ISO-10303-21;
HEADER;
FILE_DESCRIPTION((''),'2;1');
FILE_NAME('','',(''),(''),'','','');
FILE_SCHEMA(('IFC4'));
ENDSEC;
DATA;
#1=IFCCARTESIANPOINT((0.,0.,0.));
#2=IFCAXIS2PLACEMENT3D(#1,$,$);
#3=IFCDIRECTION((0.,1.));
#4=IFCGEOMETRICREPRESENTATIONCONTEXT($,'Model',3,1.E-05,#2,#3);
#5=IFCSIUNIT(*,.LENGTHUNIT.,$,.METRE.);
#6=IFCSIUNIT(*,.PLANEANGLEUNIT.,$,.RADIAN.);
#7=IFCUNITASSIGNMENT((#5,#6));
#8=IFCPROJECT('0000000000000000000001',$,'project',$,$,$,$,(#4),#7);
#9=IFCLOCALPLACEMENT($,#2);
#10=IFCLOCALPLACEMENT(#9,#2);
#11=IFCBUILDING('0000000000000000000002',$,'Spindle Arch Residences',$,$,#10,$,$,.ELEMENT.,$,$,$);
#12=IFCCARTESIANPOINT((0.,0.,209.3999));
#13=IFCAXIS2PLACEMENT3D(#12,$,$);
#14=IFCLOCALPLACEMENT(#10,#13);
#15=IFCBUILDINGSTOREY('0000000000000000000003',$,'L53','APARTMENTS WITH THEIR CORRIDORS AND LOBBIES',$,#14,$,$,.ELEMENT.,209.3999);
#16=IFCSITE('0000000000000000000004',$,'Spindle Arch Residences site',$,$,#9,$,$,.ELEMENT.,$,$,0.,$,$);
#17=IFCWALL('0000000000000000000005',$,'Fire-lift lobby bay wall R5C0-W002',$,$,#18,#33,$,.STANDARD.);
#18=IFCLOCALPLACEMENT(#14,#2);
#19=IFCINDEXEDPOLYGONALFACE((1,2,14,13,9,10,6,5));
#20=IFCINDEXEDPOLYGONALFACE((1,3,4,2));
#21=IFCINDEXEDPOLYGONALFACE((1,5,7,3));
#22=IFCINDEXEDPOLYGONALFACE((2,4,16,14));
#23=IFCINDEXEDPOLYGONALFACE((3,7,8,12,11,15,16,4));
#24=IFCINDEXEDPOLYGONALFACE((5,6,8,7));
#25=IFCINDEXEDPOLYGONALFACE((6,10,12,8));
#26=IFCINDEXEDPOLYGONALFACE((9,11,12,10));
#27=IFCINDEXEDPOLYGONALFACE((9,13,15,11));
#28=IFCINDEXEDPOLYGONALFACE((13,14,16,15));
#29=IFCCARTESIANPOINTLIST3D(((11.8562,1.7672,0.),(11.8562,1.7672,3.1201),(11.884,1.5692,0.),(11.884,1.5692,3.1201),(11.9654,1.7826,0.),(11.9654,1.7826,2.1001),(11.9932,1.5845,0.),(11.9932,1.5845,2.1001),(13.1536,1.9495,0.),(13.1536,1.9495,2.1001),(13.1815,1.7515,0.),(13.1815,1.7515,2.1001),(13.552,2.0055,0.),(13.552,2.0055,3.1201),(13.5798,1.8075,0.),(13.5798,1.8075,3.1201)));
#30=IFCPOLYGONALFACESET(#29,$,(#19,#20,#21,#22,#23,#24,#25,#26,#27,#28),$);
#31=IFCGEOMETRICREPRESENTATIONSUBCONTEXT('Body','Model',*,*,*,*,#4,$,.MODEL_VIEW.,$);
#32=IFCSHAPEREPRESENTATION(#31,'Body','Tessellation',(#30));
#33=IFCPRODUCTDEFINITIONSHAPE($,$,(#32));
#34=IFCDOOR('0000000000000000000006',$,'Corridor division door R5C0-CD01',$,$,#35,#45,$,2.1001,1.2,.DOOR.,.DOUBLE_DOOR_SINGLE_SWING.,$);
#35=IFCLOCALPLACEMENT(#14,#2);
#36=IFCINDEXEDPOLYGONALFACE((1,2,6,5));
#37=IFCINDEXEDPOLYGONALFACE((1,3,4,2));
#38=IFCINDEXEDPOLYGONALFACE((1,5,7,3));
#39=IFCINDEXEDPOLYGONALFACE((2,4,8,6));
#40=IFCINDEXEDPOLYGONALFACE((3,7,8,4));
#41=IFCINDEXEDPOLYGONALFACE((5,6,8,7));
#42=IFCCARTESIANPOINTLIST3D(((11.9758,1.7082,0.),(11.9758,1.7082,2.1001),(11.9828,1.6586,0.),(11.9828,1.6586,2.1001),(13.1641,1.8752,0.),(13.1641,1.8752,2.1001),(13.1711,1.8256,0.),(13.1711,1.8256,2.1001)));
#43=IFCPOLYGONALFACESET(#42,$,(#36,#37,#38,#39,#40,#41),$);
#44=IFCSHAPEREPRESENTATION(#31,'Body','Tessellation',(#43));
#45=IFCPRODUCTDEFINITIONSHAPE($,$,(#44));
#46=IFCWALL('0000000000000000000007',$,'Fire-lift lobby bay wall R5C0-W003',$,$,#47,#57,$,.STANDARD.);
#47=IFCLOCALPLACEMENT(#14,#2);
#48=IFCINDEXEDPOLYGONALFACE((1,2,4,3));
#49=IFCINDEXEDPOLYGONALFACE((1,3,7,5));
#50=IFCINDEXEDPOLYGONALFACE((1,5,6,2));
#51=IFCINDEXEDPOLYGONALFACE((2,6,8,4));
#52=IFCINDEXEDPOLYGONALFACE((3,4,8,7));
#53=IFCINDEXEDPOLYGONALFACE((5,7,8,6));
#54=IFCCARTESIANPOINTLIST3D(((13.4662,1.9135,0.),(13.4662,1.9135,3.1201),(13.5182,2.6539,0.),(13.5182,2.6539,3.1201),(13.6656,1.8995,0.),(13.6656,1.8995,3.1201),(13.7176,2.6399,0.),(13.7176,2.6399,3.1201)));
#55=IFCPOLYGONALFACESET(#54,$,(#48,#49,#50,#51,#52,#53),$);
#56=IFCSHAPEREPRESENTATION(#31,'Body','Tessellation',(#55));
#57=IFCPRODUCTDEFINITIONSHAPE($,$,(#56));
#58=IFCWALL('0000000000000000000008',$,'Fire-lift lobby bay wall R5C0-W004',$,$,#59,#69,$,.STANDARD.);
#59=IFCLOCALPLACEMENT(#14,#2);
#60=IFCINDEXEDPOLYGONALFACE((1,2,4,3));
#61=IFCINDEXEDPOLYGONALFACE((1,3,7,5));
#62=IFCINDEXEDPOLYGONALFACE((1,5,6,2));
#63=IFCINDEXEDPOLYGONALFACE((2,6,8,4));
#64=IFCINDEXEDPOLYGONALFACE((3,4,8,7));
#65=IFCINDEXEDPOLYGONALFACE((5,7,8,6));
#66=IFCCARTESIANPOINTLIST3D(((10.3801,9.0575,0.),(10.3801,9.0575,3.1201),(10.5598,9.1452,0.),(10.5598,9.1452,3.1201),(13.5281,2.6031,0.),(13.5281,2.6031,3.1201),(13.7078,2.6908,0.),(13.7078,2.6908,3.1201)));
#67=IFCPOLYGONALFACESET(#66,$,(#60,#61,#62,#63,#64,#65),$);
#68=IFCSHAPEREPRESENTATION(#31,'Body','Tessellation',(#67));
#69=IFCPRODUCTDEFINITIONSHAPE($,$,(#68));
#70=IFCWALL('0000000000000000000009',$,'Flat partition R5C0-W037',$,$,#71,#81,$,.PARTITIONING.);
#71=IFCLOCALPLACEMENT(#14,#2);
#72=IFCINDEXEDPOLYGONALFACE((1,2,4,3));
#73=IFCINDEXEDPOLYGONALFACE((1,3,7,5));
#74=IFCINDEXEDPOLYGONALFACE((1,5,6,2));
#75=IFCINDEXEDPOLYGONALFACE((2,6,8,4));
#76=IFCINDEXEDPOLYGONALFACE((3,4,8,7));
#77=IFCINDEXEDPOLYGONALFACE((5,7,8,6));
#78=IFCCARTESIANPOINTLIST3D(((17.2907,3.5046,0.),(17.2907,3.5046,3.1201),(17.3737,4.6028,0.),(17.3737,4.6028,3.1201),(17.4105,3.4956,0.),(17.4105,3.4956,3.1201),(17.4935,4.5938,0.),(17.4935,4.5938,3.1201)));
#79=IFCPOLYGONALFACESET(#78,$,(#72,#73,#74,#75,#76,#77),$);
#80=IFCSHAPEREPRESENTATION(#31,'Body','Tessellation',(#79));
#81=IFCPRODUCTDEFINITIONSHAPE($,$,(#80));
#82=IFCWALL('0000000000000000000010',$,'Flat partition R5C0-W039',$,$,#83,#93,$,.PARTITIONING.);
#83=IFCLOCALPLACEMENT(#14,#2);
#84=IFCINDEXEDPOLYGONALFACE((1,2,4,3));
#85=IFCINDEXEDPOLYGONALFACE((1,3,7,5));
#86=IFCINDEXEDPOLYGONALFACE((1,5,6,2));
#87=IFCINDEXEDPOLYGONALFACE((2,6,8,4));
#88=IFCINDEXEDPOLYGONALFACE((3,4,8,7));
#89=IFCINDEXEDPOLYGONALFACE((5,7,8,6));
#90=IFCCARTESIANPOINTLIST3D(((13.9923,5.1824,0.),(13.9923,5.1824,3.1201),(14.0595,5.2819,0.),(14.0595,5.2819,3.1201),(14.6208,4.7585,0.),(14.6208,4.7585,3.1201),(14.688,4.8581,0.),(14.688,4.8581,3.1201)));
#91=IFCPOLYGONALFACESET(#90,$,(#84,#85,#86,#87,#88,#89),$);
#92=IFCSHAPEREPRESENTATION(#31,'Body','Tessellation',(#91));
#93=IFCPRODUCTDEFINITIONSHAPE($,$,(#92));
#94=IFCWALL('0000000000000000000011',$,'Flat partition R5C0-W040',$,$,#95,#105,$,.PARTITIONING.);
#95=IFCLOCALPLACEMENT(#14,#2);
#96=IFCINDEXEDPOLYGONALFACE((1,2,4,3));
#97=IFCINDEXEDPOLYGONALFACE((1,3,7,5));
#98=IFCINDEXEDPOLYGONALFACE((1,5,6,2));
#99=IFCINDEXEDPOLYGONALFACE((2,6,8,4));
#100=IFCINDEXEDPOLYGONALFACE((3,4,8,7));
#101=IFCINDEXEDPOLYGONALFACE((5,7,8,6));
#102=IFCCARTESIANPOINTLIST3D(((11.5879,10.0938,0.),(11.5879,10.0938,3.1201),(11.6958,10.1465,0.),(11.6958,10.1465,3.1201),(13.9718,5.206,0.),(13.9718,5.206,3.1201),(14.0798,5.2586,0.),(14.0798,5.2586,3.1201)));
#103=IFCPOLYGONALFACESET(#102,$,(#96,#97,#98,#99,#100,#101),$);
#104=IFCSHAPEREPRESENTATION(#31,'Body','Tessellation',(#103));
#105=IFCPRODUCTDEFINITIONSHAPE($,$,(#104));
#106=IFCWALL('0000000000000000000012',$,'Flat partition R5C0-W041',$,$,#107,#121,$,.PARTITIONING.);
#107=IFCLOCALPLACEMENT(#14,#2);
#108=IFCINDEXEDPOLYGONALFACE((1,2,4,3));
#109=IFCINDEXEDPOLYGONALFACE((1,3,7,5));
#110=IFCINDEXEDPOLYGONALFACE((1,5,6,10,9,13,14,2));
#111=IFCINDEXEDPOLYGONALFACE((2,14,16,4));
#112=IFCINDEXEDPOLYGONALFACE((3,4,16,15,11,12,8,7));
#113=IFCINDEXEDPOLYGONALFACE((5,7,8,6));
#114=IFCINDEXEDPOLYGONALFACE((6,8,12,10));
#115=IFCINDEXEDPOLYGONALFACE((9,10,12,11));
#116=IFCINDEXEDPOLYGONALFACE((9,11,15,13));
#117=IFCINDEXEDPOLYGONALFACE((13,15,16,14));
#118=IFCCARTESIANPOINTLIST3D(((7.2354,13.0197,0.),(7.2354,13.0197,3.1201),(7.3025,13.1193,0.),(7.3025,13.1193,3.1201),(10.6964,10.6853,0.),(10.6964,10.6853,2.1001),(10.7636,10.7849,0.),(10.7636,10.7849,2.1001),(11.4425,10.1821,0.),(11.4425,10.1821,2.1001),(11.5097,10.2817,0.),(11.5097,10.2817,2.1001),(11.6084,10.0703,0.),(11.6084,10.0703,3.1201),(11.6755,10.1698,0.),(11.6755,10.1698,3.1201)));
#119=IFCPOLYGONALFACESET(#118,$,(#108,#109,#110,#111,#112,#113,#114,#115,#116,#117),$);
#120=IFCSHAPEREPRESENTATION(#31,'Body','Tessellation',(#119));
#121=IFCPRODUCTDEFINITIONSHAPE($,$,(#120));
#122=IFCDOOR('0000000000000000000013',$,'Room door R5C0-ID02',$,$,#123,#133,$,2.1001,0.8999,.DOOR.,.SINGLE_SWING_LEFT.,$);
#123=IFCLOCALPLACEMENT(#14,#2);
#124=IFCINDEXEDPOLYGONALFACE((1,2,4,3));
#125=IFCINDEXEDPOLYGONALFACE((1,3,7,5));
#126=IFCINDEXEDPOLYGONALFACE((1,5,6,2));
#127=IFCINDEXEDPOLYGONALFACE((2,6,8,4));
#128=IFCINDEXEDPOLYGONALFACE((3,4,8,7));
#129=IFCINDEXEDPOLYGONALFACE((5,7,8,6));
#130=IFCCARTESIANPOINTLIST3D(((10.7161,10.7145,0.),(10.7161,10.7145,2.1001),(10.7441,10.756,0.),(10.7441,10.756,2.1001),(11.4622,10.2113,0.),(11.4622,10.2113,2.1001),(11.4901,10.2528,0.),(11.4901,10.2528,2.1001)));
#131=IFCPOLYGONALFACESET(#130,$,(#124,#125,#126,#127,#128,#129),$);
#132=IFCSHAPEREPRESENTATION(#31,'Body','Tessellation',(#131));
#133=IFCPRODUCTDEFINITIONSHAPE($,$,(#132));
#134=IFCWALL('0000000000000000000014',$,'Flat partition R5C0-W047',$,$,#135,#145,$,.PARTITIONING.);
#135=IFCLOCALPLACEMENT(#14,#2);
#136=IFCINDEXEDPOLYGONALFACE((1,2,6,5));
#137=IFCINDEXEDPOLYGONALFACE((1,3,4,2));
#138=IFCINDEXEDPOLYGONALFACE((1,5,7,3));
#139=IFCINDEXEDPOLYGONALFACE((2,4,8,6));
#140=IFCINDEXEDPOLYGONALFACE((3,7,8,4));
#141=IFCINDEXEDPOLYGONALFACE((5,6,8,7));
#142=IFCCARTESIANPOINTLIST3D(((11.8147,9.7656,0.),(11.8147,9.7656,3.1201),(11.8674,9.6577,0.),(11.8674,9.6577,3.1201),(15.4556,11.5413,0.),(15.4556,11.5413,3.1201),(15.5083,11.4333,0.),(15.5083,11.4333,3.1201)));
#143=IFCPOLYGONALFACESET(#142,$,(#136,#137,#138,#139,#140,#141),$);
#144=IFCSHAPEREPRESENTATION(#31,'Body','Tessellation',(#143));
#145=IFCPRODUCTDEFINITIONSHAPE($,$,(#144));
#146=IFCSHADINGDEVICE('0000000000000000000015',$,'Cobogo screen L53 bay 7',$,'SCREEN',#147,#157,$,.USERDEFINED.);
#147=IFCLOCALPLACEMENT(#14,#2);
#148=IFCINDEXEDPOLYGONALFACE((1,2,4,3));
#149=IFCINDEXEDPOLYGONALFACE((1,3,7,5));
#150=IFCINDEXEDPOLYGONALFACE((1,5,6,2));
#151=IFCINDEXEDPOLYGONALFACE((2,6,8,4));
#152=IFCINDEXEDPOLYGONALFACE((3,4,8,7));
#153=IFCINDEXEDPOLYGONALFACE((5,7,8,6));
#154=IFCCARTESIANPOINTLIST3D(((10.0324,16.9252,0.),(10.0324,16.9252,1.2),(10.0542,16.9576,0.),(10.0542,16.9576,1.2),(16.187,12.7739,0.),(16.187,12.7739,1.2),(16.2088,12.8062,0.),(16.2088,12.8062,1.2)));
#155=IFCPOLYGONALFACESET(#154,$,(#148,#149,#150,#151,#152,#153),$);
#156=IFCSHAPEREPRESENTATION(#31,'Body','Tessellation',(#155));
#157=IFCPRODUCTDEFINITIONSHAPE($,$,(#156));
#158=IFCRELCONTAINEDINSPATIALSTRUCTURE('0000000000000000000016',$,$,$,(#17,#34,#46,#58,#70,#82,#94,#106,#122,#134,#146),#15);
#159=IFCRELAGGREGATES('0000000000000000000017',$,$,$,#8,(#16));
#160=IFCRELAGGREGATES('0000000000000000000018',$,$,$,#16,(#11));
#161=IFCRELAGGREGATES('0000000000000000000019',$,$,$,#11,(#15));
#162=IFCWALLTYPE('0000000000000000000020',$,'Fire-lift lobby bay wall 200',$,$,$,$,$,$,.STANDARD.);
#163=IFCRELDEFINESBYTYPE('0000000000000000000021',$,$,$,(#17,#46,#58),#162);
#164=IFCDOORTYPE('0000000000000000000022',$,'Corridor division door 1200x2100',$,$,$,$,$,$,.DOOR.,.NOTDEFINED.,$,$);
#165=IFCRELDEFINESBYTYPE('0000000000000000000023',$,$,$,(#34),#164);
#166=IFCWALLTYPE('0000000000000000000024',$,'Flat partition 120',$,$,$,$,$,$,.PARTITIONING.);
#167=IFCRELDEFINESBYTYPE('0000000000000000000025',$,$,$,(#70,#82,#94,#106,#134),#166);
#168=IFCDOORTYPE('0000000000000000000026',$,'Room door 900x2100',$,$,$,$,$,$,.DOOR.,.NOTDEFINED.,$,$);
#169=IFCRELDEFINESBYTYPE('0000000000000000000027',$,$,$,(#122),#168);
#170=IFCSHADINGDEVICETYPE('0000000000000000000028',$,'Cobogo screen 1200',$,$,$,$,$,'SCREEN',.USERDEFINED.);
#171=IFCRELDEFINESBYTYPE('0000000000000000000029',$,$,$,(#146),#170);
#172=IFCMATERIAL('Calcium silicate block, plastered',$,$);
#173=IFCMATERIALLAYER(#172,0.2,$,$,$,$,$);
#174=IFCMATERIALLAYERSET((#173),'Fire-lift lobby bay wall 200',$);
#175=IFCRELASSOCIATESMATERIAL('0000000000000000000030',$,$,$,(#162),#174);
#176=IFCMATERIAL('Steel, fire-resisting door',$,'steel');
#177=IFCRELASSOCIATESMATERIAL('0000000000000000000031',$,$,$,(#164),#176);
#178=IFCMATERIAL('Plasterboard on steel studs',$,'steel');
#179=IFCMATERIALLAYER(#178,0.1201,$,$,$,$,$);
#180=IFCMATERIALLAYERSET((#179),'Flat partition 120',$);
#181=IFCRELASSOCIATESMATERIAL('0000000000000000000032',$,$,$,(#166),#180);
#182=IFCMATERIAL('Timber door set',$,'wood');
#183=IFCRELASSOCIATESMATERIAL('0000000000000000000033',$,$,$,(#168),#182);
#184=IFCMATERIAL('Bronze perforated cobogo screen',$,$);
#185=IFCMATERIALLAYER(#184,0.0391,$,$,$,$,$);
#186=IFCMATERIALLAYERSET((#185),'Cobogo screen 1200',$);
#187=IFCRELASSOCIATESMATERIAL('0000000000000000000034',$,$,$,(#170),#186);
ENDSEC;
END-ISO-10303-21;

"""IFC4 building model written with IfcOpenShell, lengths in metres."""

from ifc_helpers import new_model, si_unit, direction, frame, frame_2d, origin, origin_2d, place, context, subcontext, project, spatial, rectangle, extrude, material, layer, layer_set, type_object, element, fill, save


model = new_model("IFC4")

# Units and contexts
model_context = context("Model", 3, precision=1e-05, world=origin(), true_north=direction((0.0, 1.0)))
body_context = subcontext(model_context, "Body", "Model", "MODEL_VIEW")
ifc_project = project(units=[si_unit("LENGTHUNIT", "METRE"), si_unit("PLANEANGLEUNIT", "RADIAN")], contexts=[model_context])

# Site, building, storey
site_placement = place(None, origin())
site = spatial("IfcSite", under=ifc_project, at=site_placement, Name="Spindle Arch Residences site", CompositionType="ELEMENT", RefElevation=0.0)
building_placement = place(site_placement, origin())
building = spatial("IfcBuilding", under=site, at=building_placement, Name="Spindle Arch Residences", CompositionType="ELEMENT")
storey_placement = place(building_placement, frame((0.0, 0.0, 209.3999)))
storey = spatial("IfcBuildingStorey", under=building, at=storey_placement, Name="L53", Description="APARTMENTS WITH THEIR CORRIDORS AND LOBBIES", CompositionType="ELEMENT", Elevation=209.3999)

# Shared definitions
ifc_material_1 = material(Name="Calcium silicate block, plastered")
ifc_layer_1 = layer(ifc_material_1, 0.2)
ifc_layer_set_1 = layer_set([ifc_layer_1], Name="Fire-lift lobby bay wall 200")
wall_type_1 = type_object("IfcWallType", Name="Fire-lift lobby bay wall 200", PredefinedType="STANDARD", material=ifc_layer_set_1)

# Wall, opening, door
wall_1_placement = place(storey_placement, frame((11.8701, 1.6682, 0.0), z_axis=(0.0, 0.0, 1.0), x_axis=(0.990272, 0.139146, 0.0)))
wall_1 = element("IfcWall", 1, at=wall_1_placement, inside=storey, type_object=wall_type_1, Name="Fire-lift lobby bay wall R5C0-W002", PredefinedType="STANDARD", context=body_context, shape_type="SweptSolid", body=[
    extrude(rectangle(XDim=1.7124, YDim=0.2, at=frame_2d((0.8562, 0.0))), origin(), (0.0, 0.0, 1.0), 3.1201),
])
opening_1_placement = place(wall_1_placement, frame((0.1101, 0.0, 0.0)))
opening_1 = element("IfcOpeningElement", 2, at=opening_1_placement, cuts=wall_1, PredefinedType="OPENING", context=body_context, shape_type="SweptSolid", body=[
    extrude(rectangle(XDim=1.2, YDim=2.1001, at=frame_2d((0.6001, 1.05))), frame((0.0, 0.1099, 0.0), z_axis=(0.0, -1.0, 0.0), x_axis=(1.0, 0.0, 0.0)), (0.0, 0.0, 1.0), 0.22),
])
ifc_material_2 = material(Name="Steel, fire-resisting door", Category="steel")
door_type_1 = type_object("IfcDoorType", Name="Corridor division door 1200x2100", OperationType="NOTDEFINED", PredefinedType="DOOR", material=ifc_material_2)
door_1_placement = place(opening_1_placement, origin())
door_1 = element("IfcDoor", 3, at=door_1_placement, inside=storey, type_object=door_type_1, Name="Corridor division door R5C0-CD01", OperationType="DOUBLE_DOOR_SINGLE_SWING", OverallHeight=2.1001, OverallWidth=1.2, PredefinedType="DOOR", context=body_context, shape_type="SweptSolid", body=[
    extrude(rectangle(XDim=1.2, YDim=2.1001, at=frame_2d((0.6001, 1.05))), frame((0.0, 0.0249, 0.0), z_axis=(0.0, -1.0, 0.0), x_axis=(1.0, 0.0, 0.0)), (0.0, 0.0, 1.0), 0.05),
])
fill(opening_1, door_1)

# Walls
wall_2_placement = place(storey_placement, frame((13.5659, 1.9065, 0.0), z_axis=(0.0, 0.0, 1.0), x_axis=(0.070055, 0.997543, 0.0)))
element("IfcWall", 4, at=wall_2_placement, inside=storey, type_object=wall_type_1, Name="Fire-lift lobby bay wall R5C0-W003", PredefinedType="STANDARD", context=body_context, shape_type="SweptSolid", body=[
    extrude(rectangle(XDim=0.7422, YDim=0.2, at=frame_2d((0.3711, 0.0))), origin(), (0.0, 0.0, 1.0), 3.1201),
])
wall_3_placement = place(storey_placement, frame((13.6179, 2.647, 0.0), z_axis=(0.0, 0.0, 1.0), x_axis=(-0.438366, 0.898797, 0.0)))
element("IfcWall", 5, at=wall_3_placement, inside=storey, type_object=wall_type_1, Name="Fire-lift lobby bay wall R5C0-W004", PredefinedType="STANDARD", context=body_context, shape_type="SweptSolid", body=[
    extrude(rectangle(XDim=7.1812, YDim=0.2, at=frame_2d((3.5906, 0.0))), origin(), (0.0, 0.0, 1.0), 3.1201),
])
ifc_material_3 = material(Name="Plasterboard on steel studs", Category="steel")
ifc_layer_2 = layer(ifc_material_3, 0.1201)
ifc_layer_set_2 = layer_set([ifc_layer_2], Name="Flat partition 120")
wall_type_2 = type_object("IfcWallType", Name="Flat partition 120", PredefinedType="PARTITIONING", material=ifc_layer_set_2)
wall_4_placement = place(storey_placement, frame((17.3506, 3.5, 0.0), z_axis=(0.0, 0.0, 1.0), x_axis=(0.075374, 0.997155, 0.0)))
element("IfcWall", 6, at=wall_4_placement, inside=storey, type_object=wall_type_2, Name="Flat partition R5C0-W037", PredefinedType="PARTITIONING", context=body_context, shape_type="SweptSolid", body=[
    extrude(rectangle(XDim=1.1013, YDim=0.1201, at=frame_2d((0.5508, 0.0))), origin(), (0.0, 0.0, 1.0), 3.1201),
])
wall_5_placement = place(storey_placement, frame((14.6543, 4.8083, 0.0), z_axis=(0.0, 0.0, 1.0), x_axis=(-0.829065, 0.559152, 0.0)))
element("IfcWall", 7, at=wall_5_placement, inside=storey, type_object=wall_type_2, Name="Flat partition R5C0-W039", PredefinedType="PARTITIONING", context=body_context, shape_type="SweptSolid", body=[
    extrude(rectangle(XDim=0.7581, YDim=0.1201, at=frame_2d((0.3789, 0.0))), origin(), (0.0, 0.0, 1.0), 3.1201),
])
wall_6_placement = place(storey_placement, frame((14.0259, 5.2322, 0.0), z_axis=(0.0, 0.0, 1.0), x_axis=(-0.438375, 0.898792, 0.0)))
element("IfcWall", 8, at=wall_6_placement, inside=storey, type_object=wall_type_2, Name="Flat partition R5C0-W040", PredefinedType="PARTITIONING", context=body_context, shape_type="SweptSolid", body=[
    extrude(rectangle(XDim=5.4382, YDim=0.1201, at=frame_2d((2.7192, 0.0))), origin(), (0.0, 0.0, 1.0), 3.1201),
])

# Wall, opening, door
wall_7_placement = place(storey_placement, frame((11.6418, 10.1201, 0.0), z_axis=(0.0, 0.0, 1.0), x_axis=(-0.829055, 0.559168, 0.0)))
wall_7 = element("IfcWall", 9, at=wall_7_placement, inside=storey, type_object=wall_type_2, Name="Flat partition R5C0-W041", PredefinedType="PARTITIONING", context=body_context, shape_type="SweptSolid", body=[
    extrude(rectangle(XDim=5.2747, YDim=0.1201, at=frame_2d((2.6372, 0.0))), origin(), (0.0, 0.0, 1.0), 3.1201),
])
opening_2_placement = place(wall_7_placement, frame((0.2, 0.0, 0.0)))
opening_2 = element("IfcOpeningElement", 10, at=opening_2_placement, cuts=wall_7, PredefinedType="OPENING", context=body_context, shape_type="SweptSolid", body=[
    extrude(rectangle(XDim=0.8999, YDim=2.1001, at=frame_2d((0.45, 1.05))), frame((0.0, 0.0701, 0.0), z_axis=(0.0, -1.0, 0.0), x_axis=(1.0, 0.0, 0.0)), (0.0, 0.0, 1.0), 0.1401),
])
ifc_material_4 = material(Name="Timber door set", Category="wood")
door_type_2 = type_object("IfcDoorType", Name="Room door 900x2100", OperationType="NOTDEFINED", PredefinedType="DOOR", material=ifc_material_4)
door_2_placement = place(opening_2_placement, origin())
door_2 = element("IfcDoor", 11, at=door_2_placement, inside=storey, type_object=door_type_2, Name="Room door R5C0-ID02", OperationType="SINGLE_SWING_LEFT", OverallHeight=2.1001, OverallWidth=0.8999, PredefinedType="DOOR", context=body_context, shape_type="SweptSolid", body=[
    extrude(rectangle(XDim=0.8999, YDim=2.1001, at=frame_2d((0.45, 1.05))), frame((0.0, 0.0249, 0.0), z_axis=(0.0, -1.0, 0.0), x_axis=(1.0, 0.0, 0.0)), (0.0, 0.0, 1.0), 0.05),
])
fill(opening_2, door_2)

# Wall
wall_8_placement = place(storey_placement, frame((15.4819, 11.4873, 0.0), z_axis=(0.0, 0.0, 1.0), x_axis=(-0.898807, -0.438344, 0.0)))
element("IfcWall", 12, at=wall_8_placement, inside=storey, type_object=wall_type_2, Name="Flat partition R5C0-W047", PredefinedType="PARTITIONING", context=body_context, shape_type="SweptSolid", body=[
    extrude(rectangle(XDim=4.0508, YDim=0.1201, at=frame_2d((2.0254, 0.0))), origin(), (0.0, 0.0, 1.0), 3.1201),
])

# Shading device
ifc_material_5 = material(Name="Bronze perforated cobogo screen")
ifc_layer_3 = layer(ifc_material_5, 0.0391)
ifc_layer_set_3 = layer_set([ifc_layer_3], Name="Cobogo screen 1200")
shading_device_type = type_object("IfcShadingDeviceType", Name="Cobogo screen 1200", ElementType="SCREEN", PredefinedType="USERDEFINED", material=ifc_layer_set_3)
shading_device_placement = place(storey_placement, frame((13.1206, 14.8657, 0.0), z_axis=(0.0, 0.0, 1.0), x_axis=(-0.829038, 0.559193, 0.0)))
element("IfcShadingDevice", 13, at=shading_device_placement, inside=storey, type_object=shading_device_type, Name="Cobogo screen L53 bay 7", ObjectType="SCREEN", PredefinedType="USERDEFINED", context=body_context, shape_type="SweptSolid", body=[
    extrude(rectangle(XDim=7.4238, YDim=0.0391, at=origin_2d()), origin(), (0.0, 0.0, 1.0), 1.2),
])

save(model, "model.ifc")
